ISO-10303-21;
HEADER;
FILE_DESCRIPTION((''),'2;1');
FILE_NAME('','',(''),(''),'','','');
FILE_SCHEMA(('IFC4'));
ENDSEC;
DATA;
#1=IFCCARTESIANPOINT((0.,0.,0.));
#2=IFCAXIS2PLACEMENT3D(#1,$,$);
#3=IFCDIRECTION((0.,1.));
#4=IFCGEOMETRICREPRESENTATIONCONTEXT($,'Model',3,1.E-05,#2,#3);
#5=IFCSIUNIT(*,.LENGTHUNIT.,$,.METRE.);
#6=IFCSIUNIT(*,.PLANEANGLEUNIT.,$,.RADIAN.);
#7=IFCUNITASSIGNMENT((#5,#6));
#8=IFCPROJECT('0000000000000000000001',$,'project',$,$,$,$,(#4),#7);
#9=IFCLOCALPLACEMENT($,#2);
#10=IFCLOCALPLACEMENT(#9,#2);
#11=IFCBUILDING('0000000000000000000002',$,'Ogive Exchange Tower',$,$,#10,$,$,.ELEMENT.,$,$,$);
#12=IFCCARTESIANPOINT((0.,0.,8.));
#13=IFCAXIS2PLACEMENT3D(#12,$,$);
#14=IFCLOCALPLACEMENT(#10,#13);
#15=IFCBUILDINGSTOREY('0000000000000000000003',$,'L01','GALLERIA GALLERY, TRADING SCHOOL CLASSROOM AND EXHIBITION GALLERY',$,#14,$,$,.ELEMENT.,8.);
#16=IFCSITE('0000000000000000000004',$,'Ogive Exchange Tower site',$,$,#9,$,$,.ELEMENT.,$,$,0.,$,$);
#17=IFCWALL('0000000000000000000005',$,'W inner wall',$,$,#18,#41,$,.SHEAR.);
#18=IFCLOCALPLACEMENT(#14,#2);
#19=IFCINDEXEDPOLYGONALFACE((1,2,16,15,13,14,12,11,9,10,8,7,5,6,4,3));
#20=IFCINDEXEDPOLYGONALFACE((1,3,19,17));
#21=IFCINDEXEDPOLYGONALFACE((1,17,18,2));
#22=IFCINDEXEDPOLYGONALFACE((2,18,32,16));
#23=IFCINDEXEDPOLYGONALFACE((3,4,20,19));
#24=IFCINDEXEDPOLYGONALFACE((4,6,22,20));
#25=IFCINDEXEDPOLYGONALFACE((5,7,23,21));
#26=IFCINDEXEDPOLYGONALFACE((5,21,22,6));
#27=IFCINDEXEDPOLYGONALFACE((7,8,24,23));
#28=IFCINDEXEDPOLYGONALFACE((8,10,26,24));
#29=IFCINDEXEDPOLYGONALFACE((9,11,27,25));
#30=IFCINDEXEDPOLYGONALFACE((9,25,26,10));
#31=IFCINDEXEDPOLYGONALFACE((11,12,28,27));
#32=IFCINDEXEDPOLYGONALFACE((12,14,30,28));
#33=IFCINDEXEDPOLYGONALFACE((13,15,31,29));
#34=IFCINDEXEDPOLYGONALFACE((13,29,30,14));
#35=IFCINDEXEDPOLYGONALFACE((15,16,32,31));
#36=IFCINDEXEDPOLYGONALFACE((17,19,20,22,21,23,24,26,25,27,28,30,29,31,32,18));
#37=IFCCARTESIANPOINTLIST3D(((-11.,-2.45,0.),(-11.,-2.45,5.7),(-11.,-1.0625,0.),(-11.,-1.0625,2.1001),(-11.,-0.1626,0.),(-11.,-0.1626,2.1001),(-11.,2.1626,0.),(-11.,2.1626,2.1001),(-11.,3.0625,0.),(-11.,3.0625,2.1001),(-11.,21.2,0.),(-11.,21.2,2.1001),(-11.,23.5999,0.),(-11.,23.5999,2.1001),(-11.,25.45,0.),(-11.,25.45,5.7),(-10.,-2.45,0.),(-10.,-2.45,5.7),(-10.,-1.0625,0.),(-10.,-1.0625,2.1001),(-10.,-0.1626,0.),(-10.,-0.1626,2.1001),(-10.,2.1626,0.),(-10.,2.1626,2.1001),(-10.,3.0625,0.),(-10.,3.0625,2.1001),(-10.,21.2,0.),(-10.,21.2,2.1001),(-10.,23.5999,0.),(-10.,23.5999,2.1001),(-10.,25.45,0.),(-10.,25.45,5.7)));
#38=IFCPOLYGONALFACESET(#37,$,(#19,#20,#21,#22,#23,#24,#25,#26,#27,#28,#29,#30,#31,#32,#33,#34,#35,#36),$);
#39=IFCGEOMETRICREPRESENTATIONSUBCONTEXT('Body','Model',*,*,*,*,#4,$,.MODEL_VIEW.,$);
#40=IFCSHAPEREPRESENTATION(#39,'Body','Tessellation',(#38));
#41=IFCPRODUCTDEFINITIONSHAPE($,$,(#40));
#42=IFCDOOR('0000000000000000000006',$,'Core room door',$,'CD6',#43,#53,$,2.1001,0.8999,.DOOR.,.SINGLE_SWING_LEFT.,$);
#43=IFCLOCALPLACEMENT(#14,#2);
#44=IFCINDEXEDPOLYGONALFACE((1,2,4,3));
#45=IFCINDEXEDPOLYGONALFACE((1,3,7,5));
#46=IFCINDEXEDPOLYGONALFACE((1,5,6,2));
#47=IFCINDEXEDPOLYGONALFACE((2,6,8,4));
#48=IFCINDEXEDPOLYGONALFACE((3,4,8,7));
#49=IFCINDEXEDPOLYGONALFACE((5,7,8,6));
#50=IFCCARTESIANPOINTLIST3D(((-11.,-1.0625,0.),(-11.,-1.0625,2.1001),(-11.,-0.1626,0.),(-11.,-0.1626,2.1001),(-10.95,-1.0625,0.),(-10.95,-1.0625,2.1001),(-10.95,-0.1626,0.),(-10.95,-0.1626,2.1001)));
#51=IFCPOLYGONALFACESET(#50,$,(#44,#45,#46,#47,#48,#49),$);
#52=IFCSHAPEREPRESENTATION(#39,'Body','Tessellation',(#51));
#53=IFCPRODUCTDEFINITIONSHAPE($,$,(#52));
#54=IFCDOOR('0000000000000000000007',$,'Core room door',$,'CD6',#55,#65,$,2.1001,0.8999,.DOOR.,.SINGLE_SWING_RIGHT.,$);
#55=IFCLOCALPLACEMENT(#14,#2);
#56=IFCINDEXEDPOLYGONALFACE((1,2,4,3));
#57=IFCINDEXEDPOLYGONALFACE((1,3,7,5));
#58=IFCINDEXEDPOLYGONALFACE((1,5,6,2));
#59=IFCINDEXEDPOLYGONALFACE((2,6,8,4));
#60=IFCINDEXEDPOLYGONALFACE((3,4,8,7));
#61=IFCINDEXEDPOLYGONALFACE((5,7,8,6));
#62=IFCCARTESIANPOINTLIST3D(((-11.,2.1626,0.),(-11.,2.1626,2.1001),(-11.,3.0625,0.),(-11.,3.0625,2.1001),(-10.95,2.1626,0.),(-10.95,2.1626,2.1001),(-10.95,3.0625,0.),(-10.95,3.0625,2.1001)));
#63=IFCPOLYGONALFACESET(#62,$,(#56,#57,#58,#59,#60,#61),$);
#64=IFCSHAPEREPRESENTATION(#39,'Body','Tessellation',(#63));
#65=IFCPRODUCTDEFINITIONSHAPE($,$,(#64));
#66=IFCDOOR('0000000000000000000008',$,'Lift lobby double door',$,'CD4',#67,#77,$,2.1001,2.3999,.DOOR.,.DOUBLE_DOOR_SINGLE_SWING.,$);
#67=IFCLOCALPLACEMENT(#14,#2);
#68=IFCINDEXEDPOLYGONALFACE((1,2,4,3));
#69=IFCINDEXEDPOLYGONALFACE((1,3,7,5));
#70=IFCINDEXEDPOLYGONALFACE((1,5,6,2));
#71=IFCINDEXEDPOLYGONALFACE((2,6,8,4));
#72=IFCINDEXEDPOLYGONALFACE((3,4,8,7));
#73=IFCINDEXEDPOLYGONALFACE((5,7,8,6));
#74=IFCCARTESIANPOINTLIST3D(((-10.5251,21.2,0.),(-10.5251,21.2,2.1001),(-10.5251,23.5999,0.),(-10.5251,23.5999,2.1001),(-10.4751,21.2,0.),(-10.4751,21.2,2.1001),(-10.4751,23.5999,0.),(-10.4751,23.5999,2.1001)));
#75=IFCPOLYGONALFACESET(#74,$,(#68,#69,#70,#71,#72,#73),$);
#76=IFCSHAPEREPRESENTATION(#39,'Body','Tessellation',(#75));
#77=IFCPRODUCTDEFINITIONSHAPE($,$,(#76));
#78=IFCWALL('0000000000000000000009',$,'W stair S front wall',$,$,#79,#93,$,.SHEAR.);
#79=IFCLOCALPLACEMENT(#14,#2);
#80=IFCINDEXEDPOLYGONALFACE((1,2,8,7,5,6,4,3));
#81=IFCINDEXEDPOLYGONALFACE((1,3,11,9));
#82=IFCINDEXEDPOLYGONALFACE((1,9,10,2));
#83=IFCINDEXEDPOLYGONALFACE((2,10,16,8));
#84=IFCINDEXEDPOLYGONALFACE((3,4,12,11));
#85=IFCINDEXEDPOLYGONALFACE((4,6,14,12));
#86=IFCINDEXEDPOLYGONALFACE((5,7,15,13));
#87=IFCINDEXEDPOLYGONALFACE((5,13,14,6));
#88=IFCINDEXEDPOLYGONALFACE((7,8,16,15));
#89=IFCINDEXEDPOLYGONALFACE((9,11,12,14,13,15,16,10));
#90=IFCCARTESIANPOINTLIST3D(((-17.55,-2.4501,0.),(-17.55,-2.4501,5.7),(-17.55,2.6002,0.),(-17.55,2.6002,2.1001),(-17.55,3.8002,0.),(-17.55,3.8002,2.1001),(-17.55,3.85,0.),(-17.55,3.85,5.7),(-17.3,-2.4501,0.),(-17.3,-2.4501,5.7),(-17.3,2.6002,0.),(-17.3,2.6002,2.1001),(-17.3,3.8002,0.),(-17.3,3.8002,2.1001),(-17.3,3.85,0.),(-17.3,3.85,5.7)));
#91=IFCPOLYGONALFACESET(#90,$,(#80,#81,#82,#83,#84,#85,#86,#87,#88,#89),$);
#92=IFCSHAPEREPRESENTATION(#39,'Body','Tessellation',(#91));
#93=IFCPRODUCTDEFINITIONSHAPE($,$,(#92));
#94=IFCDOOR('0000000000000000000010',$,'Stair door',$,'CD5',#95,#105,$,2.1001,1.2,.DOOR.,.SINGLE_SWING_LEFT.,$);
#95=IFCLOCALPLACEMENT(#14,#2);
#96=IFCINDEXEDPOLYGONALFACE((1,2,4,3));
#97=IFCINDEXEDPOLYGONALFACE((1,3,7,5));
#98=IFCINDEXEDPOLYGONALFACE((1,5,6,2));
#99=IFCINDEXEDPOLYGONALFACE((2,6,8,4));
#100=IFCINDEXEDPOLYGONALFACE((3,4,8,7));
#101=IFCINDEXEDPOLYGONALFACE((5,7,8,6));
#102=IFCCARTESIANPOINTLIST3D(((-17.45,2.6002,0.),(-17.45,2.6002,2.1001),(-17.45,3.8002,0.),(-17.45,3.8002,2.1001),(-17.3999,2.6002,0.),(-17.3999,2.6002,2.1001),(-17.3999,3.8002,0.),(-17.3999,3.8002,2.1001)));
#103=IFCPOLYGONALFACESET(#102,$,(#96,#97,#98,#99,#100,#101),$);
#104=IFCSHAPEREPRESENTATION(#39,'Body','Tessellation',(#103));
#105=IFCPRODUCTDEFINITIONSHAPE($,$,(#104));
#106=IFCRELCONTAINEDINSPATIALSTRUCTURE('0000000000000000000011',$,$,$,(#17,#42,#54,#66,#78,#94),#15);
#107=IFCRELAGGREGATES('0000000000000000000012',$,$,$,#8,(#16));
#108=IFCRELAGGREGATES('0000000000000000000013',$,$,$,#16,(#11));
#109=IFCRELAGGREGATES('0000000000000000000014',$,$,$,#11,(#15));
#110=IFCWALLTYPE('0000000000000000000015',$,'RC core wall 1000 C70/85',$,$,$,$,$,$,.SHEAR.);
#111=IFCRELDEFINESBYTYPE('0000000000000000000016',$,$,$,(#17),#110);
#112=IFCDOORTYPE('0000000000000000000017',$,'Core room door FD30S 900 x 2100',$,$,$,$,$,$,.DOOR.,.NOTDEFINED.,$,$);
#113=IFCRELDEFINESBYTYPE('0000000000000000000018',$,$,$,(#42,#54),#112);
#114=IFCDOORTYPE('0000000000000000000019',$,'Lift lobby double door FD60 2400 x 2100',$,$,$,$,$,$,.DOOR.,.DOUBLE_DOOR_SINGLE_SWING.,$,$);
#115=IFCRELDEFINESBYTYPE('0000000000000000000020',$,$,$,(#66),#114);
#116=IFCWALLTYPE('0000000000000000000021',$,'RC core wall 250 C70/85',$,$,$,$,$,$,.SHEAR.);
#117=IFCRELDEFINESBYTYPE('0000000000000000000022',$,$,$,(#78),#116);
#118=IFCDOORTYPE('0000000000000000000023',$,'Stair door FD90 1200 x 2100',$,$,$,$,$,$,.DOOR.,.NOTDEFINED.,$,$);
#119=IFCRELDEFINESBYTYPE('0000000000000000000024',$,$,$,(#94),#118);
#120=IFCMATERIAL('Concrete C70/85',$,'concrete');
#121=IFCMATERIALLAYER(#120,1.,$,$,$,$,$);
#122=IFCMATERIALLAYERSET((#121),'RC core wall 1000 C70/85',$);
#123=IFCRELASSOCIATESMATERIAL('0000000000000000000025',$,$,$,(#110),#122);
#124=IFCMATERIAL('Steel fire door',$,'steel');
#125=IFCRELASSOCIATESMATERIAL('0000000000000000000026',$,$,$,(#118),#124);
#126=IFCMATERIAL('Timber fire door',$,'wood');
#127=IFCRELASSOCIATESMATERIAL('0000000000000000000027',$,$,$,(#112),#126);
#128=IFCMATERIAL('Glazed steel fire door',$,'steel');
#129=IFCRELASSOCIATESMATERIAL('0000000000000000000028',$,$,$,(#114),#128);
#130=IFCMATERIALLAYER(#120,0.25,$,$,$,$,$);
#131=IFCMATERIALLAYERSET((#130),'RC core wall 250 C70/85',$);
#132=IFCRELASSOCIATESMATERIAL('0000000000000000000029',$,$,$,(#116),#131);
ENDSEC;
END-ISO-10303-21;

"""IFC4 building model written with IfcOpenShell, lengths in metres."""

from ifc_helpers import new_model, si_unit, direction, frame, frame_2d, origin, place, context, subcontext, project, spatial, rectangle, extrude, material, layer, layer_set, type_object, element, fill, save


model = new_model("IFC4")

# Units and contexts
model_context = context("Model", 3, precision=1e-05, world=origin(), true_north=direction((0.0, 1.0)))
body_context = subcontext(model_context, "Body", "Model", "MODEL_VIEW")
ifc_project = project(units=[si_unit("LENGTHUNIT", "METRE"), si_unit("PLANEANGLEUNIT", "RADIAN")], contexts=[model_context])

# Site, building, storey
site_placement = place(None, origin())
site = spatial("IfcSite", under=ifc_project, at=site_placement, Name="Ogive Exchange Tower site", CompositionType="ELEMENT", RefElevation=0.0)
building_placement = place(site_placement, origin())
building = spatial("IfcBuilding", under=site, at=building_placement, Name="Ogive Exchange Tower", CompositionType="ELEMENT")
storey_placement = place(building_placement, frame((0.0, 0.0, 8.0)))
storey = spatial("IfcBuildingStorey", under=building, at=storey_placement, Name="L01", Description="GALLERIA GALLERY, TRADING SCHOOL CLASSROOM AND EXHIBITION GALLERY", CompositionType="ELEMENT", Elevation=8.0)

# Shared definitions
ifc_material_1 = material(Name="Concrete C70/85", Category="concrete")

# Wall, openings, doors
ifc_layer_1 = layer(ifc_material_1, 1.0)
ifc_layer_set_1 = layer_set([ifc_layer_1], Name="RC core wall 1000 C70/85")
wall_type_1 = type_object("IfcWallType", Name="RC core wall 1000 C70/85", PredefinedType="SHEAR", material=ifc_layer_set_1)
ifc_material_2 = material(Name="Steel fire door", Category="steel")
door_type_1 = type_object("IfcDoorType", Name="Stair door FD90 1200 x 2100", OperationType="NOTDEFINED", PredefinedType="DOOR", material=ifc_material_2)
wall_1_placement = place(storey_placement, frame((-10.5, -2.45, 0.0), z_axis=(0.0, 0.0, 1.0), x_axis=(0.0, 1.0, 0.0)))
wall_1 = element("IfcWall", 1, at=wall_1_placement, inside=storey, type_object=wall_type_1, Name="W inner wall", PredefinedType="SHEAR", context=body_context, shape_type="SweptSolid", body=[
    extrude(rectangle(XDim=27.8999, YDim=1.0, at=frame_2d((13.95, 0.0))), origin(), (0.0, 0.0, 1.0), 5.7),
])
opening_1_placement = place(wall_1_placement, frame((23.6499, 0.0, 0.0)))
opening_1 = element("IfcOpeningElement", 2, at=opening_1_placement, cuts=wall_1, PredefinedType="OPENING", context=body_context, shape_type="SweptSolid", body=[
    extrude(rectangle(XDim=2.3999, YDim=2.1001, at=frame_2d((1.2, 1.05))), frame((0.0, 0.51, 0.0), z_axis=(0.0, -1.0, 0.0), x_axis=(1.0, 0.0, 0.0)), (0.0, 0.0, 1.0), 1.02),
])
opening_2_placement = place(wall_1_placement, frame((1.3875, 0.0, 0.0)))
opening_2 = element("IfcOpeningElement", 3, at=opening_2_placement, cuts=wall_1, PredefinedType="OPENING", context=body_context, shape_type="SweptSolid", body=[
    extrude(rectangle(XDim=0.8999, YDim=2.1001, at=frame_2d((0.45, 1.05))), frame((0.0, 0.51, 0.0), z_axis=(0.0, -1.0, 0.0), x_axis=(1.0, 0.0, 0.0)), (0.0, 0.0, 1.0), 1.02),
])
opening_3_placement = place(wall_1_placement, frame((4.6125, 0.0, 0.0)))
opening_3 = element("IfcOpeningElement", 4, at=opening_3_placement, cuts=wall_1, PredefinedType="OPENING", context=body_context, shape_type="SweptSolid", body=[
    extrude(rectangle(XDim=0.8999, YDim=2.1001, at=frame_2d((0.45, 1.05))), frame((0.0, 0.51, 0.0), z_axis=(0.0, -1.0, 0.0), x_axis=(1.0, 0.0, 0.0)), (0.0, 0.0, 1.0), 1.02),
])
ifc_material_3 = material(Name="Timber fire door", Category="wood")
door_type_2 = type_object("IfcDoorType", Name="Core room door FD30S 900 x 2100", OperationType="NOTDEFINED", PredefinedType="DOOR", material=ifc_material_3)
door_1_placement = place(opening_2_placement, origin())
door_1 = element("IfcDoor", 5, at=door_1_placement, inside=storey, type_object=door_type_2, Name="Core room door", ObjectType="CD6", OperationType="SINGLE_SWING_LEFT", OverallHeight=2.1001, OverallWidth=0.8999, PredefinedType="DOOR", context=body_context, shape_type="SweptSolid", body=[
    extrude(rectangle(XDim=0.8999, YDim=2.1001, at=frame_2d((0.45, 1.05))), frame((0.0, 0.5, 0.0), z_axis=(0.0, -1.0, 0.0), x_axis=(1.0, 0.0, 0.0)), (0.0, 0.0, 1.0), 0.05),
])
fill(opening_2, door_1)
door_2_placement = place(opening_3_placement, origin())
door_2 = element("IfcDoor", 6, at=door_2_placement, inside=storey, type_object=door_type_2, Name="Core room door", ObjectType="CD6", OperationType="SINGLE_SWING_RIGHT", OverallHeight=2.1001, OverallWidth=0.8999, PredefinedType="DOOR", context=body_context, shape_type="SweptSolid", body=[
    extrude(rectangle(XDim=0.8999, YDim=2.1001, at=frame_2d((0.45, 1.05))), frame((0.0, 0.5, 0.0), z_axis=(0.0, -1.0, 0.0), x_axis=(1.0, 0.0, 0.0)), (0.0, 0.0, 1.0), 0.05),
])
fill(opening_3, door_2)
ifc_material_4 = material(Name="Glazed steel fire door", Category="steel")
door_type_3 = type_object("IfcDoorType", Name="Lift lobby double door FD60 2400 x 2100", OperationType="DOUBLE_DOOR_SINGLE_SWING", PredefinedType="DOOR", material=ifc_material_4)
door_3_placement = place(opening_1_placement, frame((2.3999, 0.0, 0.0), z_axis=(0.0, 0.0, 1.0), x_axis=(-1.0, 0.0, 0.0)))
door_3 = element("IfcDoor", 7, at=door_3_placement, inside=storey, type_object=door_type_3, Name="Lift lobby double door", ObjectType="CD4", OperationType="DOUBLE_DOOR_SINGLE_SWING", OverallHeight=2.1001, OverallWidth=2.3999, PredefinedType="DOOR", context=body_context, shape_type="SweptSolid", body=[
    extrude(rectangle(XDim=2.3999, YDim=2.1001, at=frame_2d((1.2, 1.05))), frame((0.0, 0.0249, 0.0), z_axis=(0.0, -1.0, 0.0), x_axis=(1.0, 0.0, 0.0)), (0.0, 0.0, 1.0), 0.05),
])
fill(opening_1, door_3)

# Wall, opening, door
ifc_layer_2 = layer(ifc_material_1, 0.25)
ifc_layer_set_2 = layer_set([ifc_layer_2], Name="RC core wall 250 C70/85")
wall_type_2 = type_object("IfcWallType", Name="RC core wall 250 C70/85", PredefinedType="SHEAR", material=ifc_layer_set_2)
wall_2_placement = place(storey_placement, frame((-17.425, -2.45, 0.0), z_axis=(0.0, 0.0, 1.0), x_axis=(0.0, 1.0, 0.0)))
wall_2 = element("IfcWall", 8, at=wall_2_placement, inside=storey, type_object=wall_type_2, Name="W stair S front wall", PredefinedType="SHEAR", context=body_context, shape_type="SweptSolid", body=[
    extrude(rectangle(XDim=6.3, YDim=0.25, at=frame_2d((3.1499, 0.0))), origin(), (0.0, 0.0, 1.0), 5.7),
])
opening_4_placement = place(wall_2_placement, frame((5.05, 0.0, 0.0)))
opening_4 = element("IfcOpeningElement", 9, at=opening_4_placement, cuts=wall_2, PredefinedType="OPENING", context=body_context, shape_type="SweptSolid", body=[
    extrude(rectangle(XDim=1.2, YDim=2.1001, at=frame_2d((0.6001, 1.05))), frame((0.0, 0.135, 0.0), z_axis=(0.0, -1.0, 0.0), x_axis=(1.0, 0.0, 0.0)), (0.0, 0.0, 1.0), 0.27),
])
door_4_placement = place(opening_4_placement, origin())
door_4 = element("IfcDoor", 10, at=door_4_placement, inside=storey, type_object=door_type_1, Name="Stair door", ObjectType="CD5", OperationType="SINGLE_SWING_LEFT", OverallHeight=2.1001, OverallWidth=1.2, PredefinedType="DOOR", context=body_context, shape_type="SweptSolid", body=[
    extrude(rectangle(XDim=1.2, YDim=2.1001, at=frame_2d((0.6001, 1.05))), frame((0.0, 0.0249, 0.0), z_axis=(0.0, -1.0, 0.0), x_axis=(1.0, 0.0, 0.0)), (0.0, 0.0, 1.0), 0.05),
])
fill(opening_4, door_4)

save(model, "model.ifc")
